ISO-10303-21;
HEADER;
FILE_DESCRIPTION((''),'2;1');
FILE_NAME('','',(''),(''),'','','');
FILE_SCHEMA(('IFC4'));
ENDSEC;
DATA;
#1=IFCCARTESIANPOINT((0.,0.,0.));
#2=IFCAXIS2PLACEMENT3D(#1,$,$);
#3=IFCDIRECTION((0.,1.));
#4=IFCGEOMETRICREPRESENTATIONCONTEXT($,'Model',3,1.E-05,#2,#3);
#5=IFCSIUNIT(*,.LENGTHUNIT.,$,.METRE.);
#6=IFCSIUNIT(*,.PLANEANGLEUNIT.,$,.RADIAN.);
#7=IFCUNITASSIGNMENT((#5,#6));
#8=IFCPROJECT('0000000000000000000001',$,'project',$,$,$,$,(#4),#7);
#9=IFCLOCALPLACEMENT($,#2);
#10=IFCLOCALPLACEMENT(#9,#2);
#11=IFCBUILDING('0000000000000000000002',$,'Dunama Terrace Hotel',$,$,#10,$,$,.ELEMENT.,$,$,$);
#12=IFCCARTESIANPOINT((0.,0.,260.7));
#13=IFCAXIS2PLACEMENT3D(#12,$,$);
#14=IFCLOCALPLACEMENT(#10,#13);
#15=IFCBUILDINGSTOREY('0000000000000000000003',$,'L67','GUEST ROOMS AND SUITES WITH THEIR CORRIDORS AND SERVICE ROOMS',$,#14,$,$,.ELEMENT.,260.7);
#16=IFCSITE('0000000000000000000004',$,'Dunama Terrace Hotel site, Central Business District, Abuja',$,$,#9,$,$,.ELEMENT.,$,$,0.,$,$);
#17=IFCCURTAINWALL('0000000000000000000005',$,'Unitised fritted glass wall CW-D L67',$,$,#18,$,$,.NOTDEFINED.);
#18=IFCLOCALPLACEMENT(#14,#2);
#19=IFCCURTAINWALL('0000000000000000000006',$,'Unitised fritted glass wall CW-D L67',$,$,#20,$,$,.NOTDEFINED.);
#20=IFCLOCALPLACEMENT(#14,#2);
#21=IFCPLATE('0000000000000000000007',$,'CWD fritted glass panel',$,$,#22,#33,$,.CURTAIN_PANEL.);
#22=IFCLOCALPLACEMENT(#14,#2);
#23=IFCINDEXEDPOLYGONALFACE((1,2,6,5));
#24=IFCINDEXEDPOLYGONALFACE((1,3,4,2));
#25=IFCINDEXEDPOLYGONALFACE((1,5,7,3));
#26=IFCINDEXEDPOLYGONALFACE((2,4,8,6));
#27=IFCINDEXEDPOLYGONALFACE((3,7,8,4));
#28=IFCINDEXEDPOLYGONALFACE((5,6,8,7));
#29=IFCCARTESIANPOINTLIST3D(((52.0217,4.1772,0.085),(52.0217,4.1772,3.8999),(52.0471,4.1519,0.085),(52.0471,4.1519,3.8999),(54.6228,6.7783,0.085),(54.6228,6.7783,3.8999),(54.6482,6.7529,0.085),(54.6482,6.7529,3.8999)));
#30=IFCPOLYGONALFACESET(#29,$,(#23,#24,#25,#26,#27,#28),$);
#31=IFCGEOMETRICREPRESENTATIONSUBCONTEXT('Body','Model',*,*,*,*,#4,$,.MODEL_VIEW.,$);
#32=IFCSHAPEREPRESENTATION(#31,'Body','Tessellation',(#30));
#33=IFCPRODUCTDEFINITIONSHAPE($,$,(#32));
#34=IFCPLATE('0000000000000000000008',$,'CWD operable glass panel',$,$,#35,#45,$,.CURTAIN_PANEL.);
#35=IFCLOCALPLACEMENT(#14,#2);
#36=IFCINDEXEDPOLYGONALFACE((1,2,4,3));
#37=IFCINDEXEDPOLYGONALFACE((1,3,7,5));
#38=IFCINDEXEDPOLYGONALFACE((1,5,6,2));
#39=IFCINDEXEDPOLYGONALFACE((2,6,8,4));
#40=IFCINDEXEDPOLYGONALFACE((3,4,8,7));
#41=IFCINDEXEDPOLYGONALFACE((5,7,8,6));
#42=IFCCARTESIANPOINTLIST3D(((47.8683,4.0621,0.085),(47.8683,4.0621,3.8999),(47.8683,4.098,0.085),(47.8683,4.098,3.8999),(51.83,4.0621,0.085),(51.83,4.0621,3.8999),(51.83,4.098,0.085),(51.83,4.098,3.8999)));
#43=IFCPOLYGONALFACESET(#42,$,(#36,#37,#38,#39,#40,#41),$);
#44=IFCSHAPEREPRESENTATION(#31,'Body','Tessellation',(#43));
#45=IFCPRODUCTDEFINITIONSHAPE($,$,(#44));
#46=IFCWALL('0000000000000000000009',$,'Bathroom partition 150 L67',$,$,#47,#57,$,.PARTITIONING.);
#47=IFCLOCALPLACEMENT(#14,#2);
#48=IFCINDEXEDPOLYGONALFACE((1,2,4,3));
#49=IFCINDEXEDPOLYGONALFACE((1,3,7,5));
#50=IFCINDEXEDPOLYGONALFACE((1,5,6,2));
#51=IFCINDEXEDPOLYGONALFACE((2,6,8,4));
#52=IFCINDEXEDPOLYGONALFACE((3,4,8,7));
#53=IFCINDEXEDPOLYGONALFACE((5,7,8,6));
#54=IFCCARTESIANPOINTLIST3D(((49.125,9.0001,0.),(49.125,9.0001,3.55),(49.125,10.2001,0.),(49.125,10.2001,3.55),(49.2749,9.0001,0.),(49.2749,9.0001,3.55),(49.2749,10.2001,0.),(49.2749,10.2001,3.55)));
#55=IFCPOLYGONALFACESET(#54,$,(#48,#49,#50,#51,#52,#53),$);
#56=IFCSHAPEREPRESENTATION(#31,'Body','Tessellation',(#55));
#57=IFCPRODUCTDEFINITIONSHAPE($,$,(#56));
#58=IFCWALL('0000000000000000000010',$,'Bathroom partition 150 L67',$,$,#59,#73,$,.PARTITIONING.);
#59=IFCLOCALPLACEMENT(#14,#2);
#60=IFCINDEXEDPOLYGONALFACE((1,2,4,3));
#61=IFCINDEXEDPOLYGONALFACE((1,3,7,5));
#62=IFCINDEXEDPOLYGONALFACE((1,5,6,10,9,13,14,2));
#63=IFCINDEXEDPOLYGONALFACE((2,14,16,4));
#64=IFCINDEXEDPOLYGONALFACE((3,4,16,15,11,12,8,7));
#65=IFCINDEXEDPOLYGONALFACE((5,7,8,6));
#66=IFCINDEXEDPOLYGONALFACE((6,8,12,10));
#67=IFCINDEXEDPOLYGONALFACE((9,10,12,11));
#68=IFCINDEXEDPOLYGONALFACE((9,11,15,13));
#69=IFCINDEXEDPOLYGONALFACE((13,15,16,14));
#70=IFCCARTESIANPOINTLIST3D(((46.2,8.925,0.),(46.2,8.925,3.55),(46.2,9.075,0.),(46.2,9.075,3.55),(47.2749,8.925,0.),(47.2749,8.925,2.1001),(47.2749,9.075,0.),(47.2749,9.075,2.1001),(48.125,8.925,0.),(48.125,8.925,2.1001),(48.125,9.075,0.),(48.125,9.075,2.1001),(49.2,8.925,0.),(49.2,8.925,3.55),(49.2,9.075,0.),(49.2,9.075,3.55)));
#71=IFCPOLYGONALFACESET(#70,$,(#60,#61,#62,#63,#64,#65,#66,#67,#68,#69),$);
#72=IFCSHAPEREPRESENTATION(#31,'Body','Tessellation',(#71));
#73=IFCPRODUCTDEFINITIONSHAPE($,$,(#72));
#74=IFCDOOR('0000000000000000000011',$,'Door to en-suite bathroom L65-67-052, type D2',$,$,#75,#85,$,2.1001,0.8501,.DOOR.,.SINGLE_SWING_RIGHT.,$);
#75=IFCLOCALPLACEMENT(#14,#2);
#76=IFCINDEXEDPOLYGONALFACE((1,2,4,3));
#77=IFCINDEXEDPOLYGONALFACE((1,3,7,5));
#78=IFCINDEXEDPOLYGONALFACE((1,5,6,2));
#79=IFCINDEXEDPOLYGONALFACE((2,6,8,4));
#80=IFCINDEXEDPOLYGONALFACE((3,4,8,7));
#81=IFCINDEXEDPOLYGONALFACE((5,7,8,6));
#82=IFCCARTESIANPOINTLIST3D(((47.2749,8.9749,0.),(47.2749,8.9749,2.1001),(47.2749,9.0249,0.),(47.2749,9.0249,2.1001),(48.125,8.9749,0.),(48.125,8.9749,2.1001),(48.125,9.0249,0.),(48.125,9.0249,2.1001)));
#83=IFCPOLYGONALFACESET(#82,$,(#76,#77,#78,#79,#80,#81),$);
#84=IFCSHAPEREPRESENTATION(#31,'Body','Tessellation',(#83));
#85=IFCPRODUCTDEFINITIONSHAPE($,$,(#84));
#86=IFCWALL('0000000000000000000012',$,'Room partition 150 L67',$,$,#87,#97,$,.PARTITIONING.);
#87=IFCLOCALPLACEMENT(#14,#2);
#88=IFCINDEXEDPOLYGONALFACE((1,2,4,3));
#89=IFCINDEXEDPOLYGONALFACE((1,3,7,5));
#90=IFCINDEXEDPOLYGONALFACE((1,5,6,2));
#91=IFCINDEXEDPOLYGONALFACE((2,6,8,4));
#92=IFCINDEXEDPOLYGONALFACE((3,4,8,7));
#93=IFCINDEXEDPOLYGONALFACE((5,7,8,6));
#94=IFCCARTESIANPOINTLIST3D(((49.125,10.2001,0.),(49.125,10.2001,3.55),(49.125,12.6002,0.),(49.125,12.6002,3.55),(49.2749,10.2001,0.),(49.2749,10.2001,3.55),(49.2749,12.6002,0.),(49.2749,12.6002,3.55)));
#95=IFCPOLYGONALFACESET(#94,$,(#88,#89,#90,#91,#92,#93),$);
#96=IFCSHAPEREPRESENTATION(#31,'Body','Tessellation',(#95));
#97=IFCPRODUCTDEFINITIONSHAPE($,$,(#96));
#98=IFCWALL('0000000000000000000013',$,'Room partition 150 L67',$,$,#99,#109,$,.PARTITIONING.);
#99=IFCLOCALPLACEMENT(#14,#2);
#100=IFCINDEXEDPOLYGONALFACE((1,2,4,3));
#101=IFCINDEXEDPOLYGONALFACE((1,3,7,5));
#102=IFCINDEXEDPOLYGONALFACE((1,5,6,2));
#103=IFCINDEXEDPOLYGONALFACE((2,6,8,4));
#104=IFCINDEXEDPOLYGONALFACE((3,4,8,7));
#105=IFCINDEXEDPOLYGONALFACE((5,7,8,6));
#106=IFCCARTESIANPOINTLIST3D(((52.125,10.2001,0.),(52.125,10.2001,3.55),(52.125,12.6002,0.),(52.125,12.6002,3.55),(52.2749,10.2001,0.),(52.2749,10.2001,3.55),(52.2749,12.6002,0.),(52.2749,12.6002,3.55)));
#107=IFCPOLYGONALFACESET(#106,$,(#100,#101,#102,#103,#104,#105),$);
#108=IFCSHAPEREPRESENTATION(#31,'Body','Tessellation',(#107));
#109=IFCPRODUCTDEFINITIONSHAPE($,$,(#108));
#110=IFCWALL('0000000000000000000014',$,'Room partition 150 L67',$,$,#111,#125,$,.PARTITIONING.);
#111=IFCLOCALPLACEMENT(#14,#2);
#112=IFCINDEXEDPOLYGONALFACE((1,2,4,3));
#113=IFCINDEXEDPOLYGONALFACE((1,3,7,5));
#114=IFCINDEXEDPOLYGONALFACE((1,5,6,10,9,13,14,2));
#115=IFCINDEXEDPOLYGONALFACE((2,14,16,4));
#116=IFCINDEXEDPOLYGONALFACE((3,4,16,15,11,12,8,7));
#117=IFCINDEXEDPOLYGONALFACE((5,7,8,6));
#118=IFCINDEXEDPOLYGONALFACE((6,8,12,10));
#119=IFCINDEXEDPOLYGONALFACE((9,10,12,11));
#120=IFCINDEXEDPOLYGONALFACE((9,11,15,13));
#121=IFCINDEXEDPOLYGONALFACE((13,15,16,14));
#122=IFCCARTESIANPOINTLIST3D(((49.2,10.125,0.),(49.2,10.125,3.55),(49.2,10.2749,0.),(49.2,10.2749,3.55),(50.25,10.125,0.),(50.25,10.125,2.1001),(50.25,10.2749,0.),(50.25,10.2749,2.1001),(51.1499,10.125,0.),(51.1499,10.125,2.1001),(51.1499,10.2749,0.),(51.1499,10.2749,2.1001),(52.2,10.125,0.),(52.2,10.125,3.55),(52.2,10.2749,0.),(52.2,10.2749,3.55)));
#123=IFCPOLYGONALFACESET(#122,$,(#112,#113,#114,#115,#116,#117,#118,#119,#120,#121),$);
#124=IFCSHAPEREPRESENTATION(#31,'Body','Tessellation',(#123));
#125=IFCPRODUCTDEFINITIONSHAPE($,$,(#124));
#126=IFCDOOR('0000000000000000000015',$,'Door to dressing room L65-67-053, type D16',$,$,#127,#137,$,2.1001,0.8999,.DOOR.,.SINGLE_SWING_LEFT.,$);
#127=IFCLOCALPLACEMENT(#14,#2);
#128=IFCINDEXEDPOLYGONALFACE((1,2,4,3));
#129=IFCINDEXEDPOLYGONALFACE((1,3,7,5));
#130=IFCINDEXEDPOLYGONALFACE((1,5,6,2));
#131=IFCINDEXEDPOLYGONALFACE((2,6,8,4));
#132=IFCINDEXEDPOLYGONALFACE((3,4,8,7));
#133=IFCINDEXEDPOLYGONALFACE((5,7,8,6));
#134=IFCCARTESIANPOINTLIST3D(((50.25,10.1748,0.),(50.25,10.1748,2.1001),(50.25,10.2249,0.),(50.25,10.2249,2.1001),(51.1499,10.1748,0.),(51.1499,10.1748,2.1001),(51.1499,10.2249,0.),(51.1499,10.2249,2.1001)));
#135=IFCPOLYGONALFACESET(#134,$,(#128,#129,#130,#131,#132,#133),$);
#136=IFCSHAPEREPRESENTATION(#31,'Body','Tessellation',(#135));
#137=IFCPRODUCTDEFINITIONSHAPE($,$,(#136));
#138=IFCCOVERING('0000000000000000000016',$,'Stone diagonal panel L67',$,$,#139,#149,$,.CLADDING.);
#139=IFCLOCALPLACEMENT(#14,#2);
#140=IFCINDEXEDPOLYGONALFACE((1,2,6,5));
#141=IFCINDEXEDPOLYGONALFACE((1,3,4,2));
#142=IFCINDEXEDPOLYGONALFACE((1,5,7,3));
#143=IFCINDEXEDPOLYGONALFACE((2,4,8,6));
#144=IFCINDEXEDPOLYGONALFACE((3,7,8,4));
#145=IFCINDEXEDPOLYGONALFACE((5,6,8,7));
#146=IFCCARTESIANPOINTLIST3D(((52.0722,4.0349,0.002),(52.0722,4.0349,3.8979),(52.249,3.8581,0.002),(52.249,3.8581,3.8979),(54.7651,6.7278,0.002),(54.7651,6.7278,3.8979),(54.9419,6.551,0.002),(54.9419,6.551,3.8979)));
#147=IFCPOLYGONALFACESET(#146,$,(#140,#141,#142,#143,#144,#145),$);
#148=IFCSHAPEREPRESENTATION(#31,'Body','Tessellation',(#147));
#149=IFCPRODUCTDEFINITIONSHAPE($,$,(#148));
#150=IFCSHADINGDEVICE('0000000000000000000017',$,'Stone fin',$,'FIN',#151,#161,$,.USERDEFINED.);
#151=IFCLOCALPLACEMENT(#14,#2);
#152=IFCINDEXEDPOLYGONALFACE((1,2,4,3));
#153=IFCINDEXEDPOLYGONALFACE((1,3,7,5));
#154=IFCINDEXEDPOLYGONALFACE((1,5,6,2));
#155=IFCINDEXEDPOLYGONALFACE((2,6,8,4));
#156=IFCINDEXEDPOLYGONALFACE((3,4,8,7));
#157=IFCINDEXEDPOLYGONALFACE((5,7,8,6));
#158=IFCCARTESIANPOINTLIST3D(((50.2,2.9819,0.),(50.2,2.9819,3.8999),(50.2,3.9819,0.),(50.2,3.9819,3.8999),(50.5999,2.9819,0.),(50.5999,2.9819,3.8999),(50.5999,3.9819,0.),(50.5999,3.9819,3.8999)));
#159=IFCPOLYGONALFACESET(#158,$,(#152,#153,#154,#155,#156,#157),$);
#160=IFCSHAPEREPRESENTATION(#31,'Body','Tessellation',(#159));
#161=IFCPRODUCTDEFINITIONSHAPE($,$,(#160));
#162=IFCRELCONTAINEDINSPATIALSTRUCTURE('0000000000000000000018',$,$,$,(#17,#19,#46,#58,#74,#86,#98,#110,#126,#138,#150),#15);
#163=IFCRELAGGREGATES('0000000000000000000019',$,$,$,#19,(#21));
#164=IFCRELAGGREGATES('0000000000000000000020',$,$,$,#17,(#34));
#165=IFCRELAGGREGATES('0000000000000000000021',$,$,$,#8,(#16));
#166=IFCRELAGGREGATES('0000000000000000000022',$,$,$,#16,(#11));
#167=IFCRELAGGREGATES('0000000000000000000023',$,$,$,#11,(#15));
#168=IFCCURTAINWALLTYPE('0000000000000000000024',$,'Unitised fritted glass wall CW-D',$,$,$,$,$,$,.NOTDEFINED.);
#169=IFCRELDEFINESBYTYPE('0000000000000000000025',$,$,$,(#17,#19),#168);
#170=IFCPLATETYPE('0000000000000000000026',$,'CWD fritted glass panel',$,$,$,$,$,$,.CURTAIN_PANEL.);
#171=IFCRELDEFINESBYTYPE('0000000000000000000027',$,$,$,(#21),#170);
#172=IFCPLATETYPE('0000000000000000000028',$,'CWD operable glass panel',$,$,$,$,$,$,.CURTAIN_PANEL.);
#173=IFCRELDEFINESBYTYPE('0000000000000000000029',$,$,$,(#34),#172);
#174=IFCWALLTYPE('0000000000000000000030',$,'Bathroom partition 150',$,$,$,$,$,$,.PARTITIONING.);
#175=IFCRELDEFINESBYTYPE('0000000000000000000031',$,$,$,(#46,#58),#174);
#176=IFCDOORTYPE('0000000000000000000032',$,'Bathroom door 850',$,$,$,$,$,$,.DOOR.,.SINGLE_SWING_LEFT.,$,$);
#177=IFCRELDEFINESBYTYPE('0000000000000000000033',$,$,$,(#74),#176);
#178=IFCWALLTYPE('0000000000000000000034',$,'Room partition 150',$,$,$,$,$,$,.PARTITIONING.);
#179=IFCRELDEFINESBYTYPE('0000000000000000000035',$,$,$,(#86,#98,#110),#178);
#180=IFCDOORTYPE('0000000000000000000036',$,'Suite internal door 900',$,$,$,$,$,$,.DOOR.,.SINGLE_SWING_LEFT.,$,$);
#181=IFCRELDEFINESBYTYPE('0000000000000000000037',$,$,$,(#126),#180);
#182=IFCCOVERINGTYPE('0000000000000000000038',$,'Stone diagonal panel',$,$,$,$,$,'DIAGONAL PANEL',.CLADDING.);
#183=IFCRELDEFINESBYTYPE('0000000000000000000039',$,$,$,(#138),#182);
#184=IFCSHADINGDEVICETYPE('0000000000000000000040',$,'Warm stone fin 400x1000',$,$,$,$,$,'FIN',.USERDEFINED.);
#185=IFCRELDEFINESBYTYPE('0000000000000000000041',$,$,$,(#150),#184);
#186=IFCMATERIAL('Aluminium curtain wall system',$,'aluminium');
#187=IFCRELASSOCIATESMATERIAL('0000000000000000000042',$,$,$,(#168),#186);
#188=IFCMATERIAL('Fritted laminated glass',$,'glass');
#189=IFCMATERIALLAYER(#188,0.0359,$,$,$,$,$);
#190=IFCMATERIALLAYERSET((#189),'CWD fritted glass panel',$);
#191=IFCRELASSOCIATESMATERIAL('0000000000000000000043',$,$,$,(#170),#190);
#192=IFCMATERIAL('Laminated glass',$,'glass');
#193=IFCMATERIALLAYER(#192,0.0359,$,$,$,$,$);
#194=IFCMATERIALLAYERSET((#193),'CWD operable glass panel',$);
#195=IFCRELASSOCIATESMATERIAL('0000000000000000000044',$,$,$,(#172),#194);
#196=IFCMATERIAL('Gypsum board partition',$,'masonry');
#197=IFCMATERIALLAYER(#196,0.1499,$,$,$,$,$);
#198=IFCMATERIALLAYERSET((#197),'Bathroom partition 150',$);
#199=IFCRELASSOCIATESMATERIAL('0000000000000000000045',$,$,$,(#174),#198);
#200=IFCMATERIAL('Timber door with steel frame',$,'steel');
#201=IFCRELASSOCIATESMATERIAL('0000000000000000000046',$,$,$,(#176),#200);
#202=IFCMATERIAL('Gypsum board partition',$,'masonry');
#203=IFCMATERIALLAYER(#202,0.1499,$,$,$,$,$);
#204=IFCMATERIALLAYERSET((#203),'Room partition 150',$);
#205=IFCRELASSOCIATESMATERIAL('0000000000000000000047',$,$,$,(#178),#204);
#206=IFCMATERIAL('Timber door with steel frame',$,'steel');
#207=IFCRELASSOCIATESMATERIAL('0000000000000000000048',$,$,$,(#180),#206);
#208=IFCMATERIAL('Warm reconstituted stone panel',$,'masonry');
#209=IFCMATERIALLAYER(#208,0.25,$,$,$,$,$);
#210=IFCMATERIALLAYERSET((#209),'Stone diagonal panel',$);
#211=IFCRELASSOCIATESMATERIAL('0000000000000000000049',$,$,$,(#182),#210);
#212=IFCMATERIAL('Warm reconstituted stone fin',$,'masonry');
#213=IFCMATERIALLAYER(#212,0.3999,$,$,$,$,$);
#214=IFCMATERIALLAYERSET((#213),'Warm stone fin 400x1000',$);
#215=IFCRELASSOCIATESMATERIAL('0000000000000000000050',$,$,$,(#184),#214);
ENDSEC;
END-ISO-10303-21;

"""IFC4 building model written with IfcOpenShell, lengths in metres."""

from ifc_helpers import new_model, si_unit, direction, frame, frame_2d, origin, origin_2d, place, context, subcontext, project, spatial, rectangle, extrude, material, layer, layer_set, type_object, element, fill, aggregate, save


model = new_model("IFC4")

# Units and contexts
model_context = context("Model", 3, precision=1e-05, world=origin(), true_north=direction((0.0, 1.0)))
body_context = subcontext(model_context, "Body", "Model", "MODEL_VIEW")
ifc_project = project(units=[si_unit("LENGTHUNIT", "METRE"), si_unit("PLANEANGLEUNIT", "RADIAN")], contexts=[model_context])

# Site, building, storey
site_placement = place(None, origin())
site = spatial("IfcSite", under=ifc_project, at=site_placement, Name="Dunama Terrace Hotel site, Central Business District, Abuja", CompositionType="ELEMENT", RefElevation=0.0)
building_placement = place(site_placement, origin())
building = spatial("IfcBuilding", under=site, at=building_placement, Name="Dunama Terrace Hotel", CompositionType="ELEMENT")
storey_placement = place(building_placement, frame((0.0, 0.0, 260.7)))
storey = spatial("IfcBuildingStorey", under=building, at=storey_placement, Name="L67", Description="GUEST ROOMS AND SUITES WITH THEIR CORRIDORS AND SERVICE ROOMS", CompositionType="ELEMENT", Elevation=260.7)

# Curtain walls
ifc_material_1 = material(Name="Aluminium curtain wall system", Category="aluminium")
curtain_wall_type = type_object("IfcCurtainWallType", Name="Unitised fritted glass wall CW-D", PredefinedType="NOTDEFINED", material=ifc_material_1)
curtain_wall_1_placement = place(storey_placement, origin())
curtain_wall_1 = element("IfcCurtainWall", 1, at=curtain_wall_1_placement, inside=storey, type_object=curtain_wall_type, Name="Unitised fritted glass wall CW-D L67", PredefinedType="NOTDEFINED")
curtain_wall_2_placement = place(storey_placement, origin())
curtain_wall_2 = element("IfcCurtainWall", 2, at=curtain_wall_2_placement, inside=storey, type_object=curtain_wall_type, Name="Unitised fritted glass wall CW-D L67", PredefinedType="NOTDEFINED")

# Plates
ifc_material_2 = material(Name="Fritted laminated glass", Category="glass")
ifc_layer_1 = layer(ifc_material_2, 0.0359)
ifc_layer_set_1 = layer_set([ifc_layer_1], Name="CWD fritted glass panel")
plate_type_1 = type_object("IfcPlateType", Name="CWD fritted glass panel", PredefinedType="CURTAIN_PANEL", material=ifc_layer_set_1)
plate_1_placement = place(storey_placement, frame((53.335, 5.4651, 0.085), z_axis=(0.0, 0.0, 1.0), x_axis=(0.707107, 0.707107, 0.0)))
plate_1 = element("IfcPlate", 3, at=plate_1_placement, type_object=plate_type_1, Name="CWD fritted glass panel", PredefinedType="CURTAIN_PANEL", context=body_context, shape_type="SweptSolid", body=[
    extrude(rectangle(XDim=3.6785, YDim=0.0359, at=origin_2d()), origin(), (0.0, 0.0, 1.0), 3.8149),
])
aggregate(curtain_wall_2, [plate_1])
ifc_material_3 = material(Name="Laminated glass", Category="glass")
ifc_layer_2 = layer(ifc_material_3, 0.0359)
ifc_layer_set_2 = layer_set([ifc_layer_2], Name="CWD operable glass panel")
plate_type_2 = type_object("IfcPlateType", Name="CWD operable glass panel", PredefinedType="CURTAIN_PANEL", material=ifc_layer_set_2)
plate_2_placement = place(storey_placement, frame((49.8491, 4.0801, 0.085), z_axis=(0.0, 0.0, 1.0), x_axis=(1.0, 0.0, 0.0)))
plate_2 = element("IfcPlate", 4, at=plate_2_placement, type_object=plate_type_2, Name="CWD operable glass panel", PredefinedType="CURTAIN_PANEL", context=body_context, shape_type="SweptSolid", body=[
    extrude(rectangle(XDim=3.9617, YDim=0.0359, at=origin_2d()), origin(), (0.0, 0.0, 1.0), 3.8149),
])
aggregate(curtain_wall_1, [plate_2])

# Wall
ifc_material_4 = material(Name="Gypsum board partition", Category="masonry")
ifc_layer_3 = layer(ifc_material_4, 0.1499)
ifc_layer_set_3 = layer_set([ifc_layer_3], Name="Bathroom partition 150")
wall_type_1 = type_object("IfcWallType", Name="Bathroom partition 150", PredefinedType="PARTITIONING", material=ifc_layer_set_3)
wall_1_placement = place(storey_placement, frame((49.2, 9.0, 0.0), z_axis=(0.0, 0.0, 1.0), x_axis=(0.0, 1.0, 0.0)))
element("IfcWall", 5, at=wall_1_placement, inside=storey, type_object=wall_type_1, Name="Bathroom partition 150 L67", PredefinedType="PARTITIONING", context=body_context, shape_type="SweptSolid", body=[
    extrude(rectangle(XDim=1.2, YDim=0.1499, at=frame_2d((0.6001, 0.0))), origin(), (0.0, 0.0, 1.0), 3.55),
])

# Wall, opening, door
wall_2_placement = place(storey_placement, frame((46.2, 9.0, 0.0), z_axis=(0.0, 0.0, 1.0), x_axis=(1.0, 0.0, 0.0)))
wall_2 = element("IfcWall", 6, at=wall_2_placement, inside=storey, type_object=wall_type_1, Name="Bathroom partition 150 L67", PredefinedType="PARTITIONING", context=body_context, shape_type="SweptSolid", body=[
    extrude(rectangle(XDim=3.0, YDim=0.1499, at=frame_2d((1.5, 0.0))), origin(), (0.0, 0.0, 1.0), 3.55),
])
opening_1_placement = place(wall_2_placement, frame((1.075, 0.0, 0.0)))
opening_1 = element("IfcOpeningElement", 7, at=opening_1_placement, cuts=wall_2, PredefinedType="OPENING", context=body_context, shape_type="SweptSolid", body=[
    extrude(rectangle(XDim=0.8501, YDim=2.1001, at=frame_2d((0.425, 1.05))), frame((0.0, 0.085, 0.0), z_axis=(0.0, -1.0, 0.0), x_axis=(1.0, 0.0, 0.0)), (0.0, 0.0, 1.0), 0.1699),
])
ifc_material_5 = material(Name="Timber door with steel frame", Category="steel")
door_type_1 = type_object("IfcDoorType", Name="Bathroom door 850", OperationType="SINGLE_SWING_LEFT", PredefinedType="DOOR", material=ifc_material_5)
door_1_placement = place(opening_1_placement, origin())
door_1 = element("IfcDoor", 8, at=door_1_placement, inside=storey, type_object=door_type_1, Name="Door to en-suite bathroom L65-67-052, type D2", OperationType="SINGLE_SWING_RIGHT", OverallHeight=2.1001, OverallWidth=0.8501, PredefinedType="DOOR", context=body_context, shape_type="SweptSolid", body=[
    extrude(rectangle(XDim=0.8501, YDim=2.1001, at=frame_2d((0.425, 1.05))), frame((0.0, 0.0249, 0.0), z_axis=(0.0, -1.0, 0.0), x_axis=(1.0, 0.0, 0.0)), (0.0, 0.0, 1.0), 0.05),
])
fill(opening_1, door_1)

# Walls
ifc_material_6 = material(Name="Gypsum board partition", Category="masonry")
ifc_layer_4 = layer(ifc_material_6, 0.1499)
ifc_layer_set_4 = layer_set([ifc_layer_4], Name="Room partition 150")
wall_type_2 = type_object("IfcWallType", Name="Room partition 150", PredefinedType="PARTITIONING", material=ifc_layer_set_4)
for number, where, z_axis, x_axis, name in (
    (9, (49.2, 10.2, 0.0), (0.0, 0.0, 1.0), (0.0, 1.0, 0.0), "Room partition 150 L67"),
    (10, (52.2, 10.2, 0.0), (0.0, 0.0, 1.0), (0.0, 1.0, 0.0), "Room partition 150 L67"),
):
    element("IfcWall", number, at=place(storey_placement, frame(where, z_axis=z_axis, x_axis=x_axis)), inside=storey, type_object=wall_type_2, Name=name, PredefinedType="PARTITIONING", context=body_context, shape_type="SweptSolid", body=[
        extrude(rectangle(XDim=2.4001, YDim=0.1499, at=frame_2d((1.2002, 0.0))), origin(), (0.0, 0.0, 1.0), 3.55),
    ])

# Wall, opening, door
wall_3_placement = place(storey_placement, frame((49.2, 10.2, 0.0), z_axis=(0.0, 0.0, 1.0), x_axis=(1.0, 0.0, 0.0)))
wall_3 = element("IfcWall", 11, at=wall_3_placement, inside=storey, type_object=wall_type_2, Name="Room partition 150 L67", PredefinedType="PARTITIONING", context=body_context, shape_type="SweptSolid", body=[
    extrude(rectangle(XDim=3.0, YDim=0.1499, at=frame_2d((1.5, 0.0))), origin(), (0.0, 0.0, 1.0), 3.55),
])
opening_2_placement = place(wall_3_placement, frame((1.05, 0.0, 0.0)))
opening_2 = element("IfcOpeningElement", 12, at=opening_2_placement, cuts=wall_3, PredefinedType="OPENING", context=body_context, shape_type="SweptSolid", body=[
    extrude(rectangle(XDim=0.8999, YDim=2.1001, at=frame_2d((0.45, 1.05))), frame((0.0, 0.085, 0.0), z_axis=(0.0, -1.0, 0.0), x_axis=(1.0, 0.0, 0.0)), (0.0, 0.0, 1.0), 0.1699),
])
ifc_material_7 = material(Name="Timber door with steel frame", Category="steel")
door_type_2 = type_object("IfcDoorType", Name="Suite internal door 900", OperationType="SINGLE_SWING_LEFT", PredefinedType="DOOR", material=ifc_material_7)
door_2_placement = place(opening_2_placement, origin())
door_2 = element("IfcDoor", 13, at=door_2_placement, inside=storey, type_object=door_type_2, Name="Door to dressing room L65-67-053, type D16", OperationType="SINGLE_SWING_LEFT", OverallHeight=2.1001, OverallWidth=0.8999, PredefinedType="DOOR", context=body_context, shape_type="SweptSolid", body=[
    extrude(rectangle(XDim=0.8999, YDim=2.1001, at=frame_2d((0.45, 1.05))), frame((0.0, 0.0249, 0.0), z_axis=(0.0, -1.0, 0.0), x_axis=(1.0, 0.0, 0.0)), (0.0, 0.0, 1.0), 0.05),
])
fill(opening_2, door_2)

# Covering
ifc_material_8 = material(Name="Warm reconstituted stone panel", Category="masonry")
ifc_layer_5 = layer(ifc_material_8, 0.25)
ifc_layer_set_5 = layer_set([ifc_layer_5], Name="Stone diagonal panel")
covering_type = type_object("IfcCoveringType", Name="Stone diagonal panel", ElementType="DIAGONAL PANEL", PredefinedType="CLADDING", material=ifc_layer_set_5)
covering_placement = place(storey_placement, frame((53.5071, 5.293, 0.002), z_axis=(0.0, 0.0, 1.0), x_axis=(0.707107, 0.707107, 0.0)))
element("IfcCovering", 14, at=covering_placement, inside=storey, type_object=covering_type, Name="Stone diagonal panel L67", PredefinedType="CLADDING", context=body_context, shape_type="SweptSolid", body=[
    extrude(rectangle(XDim=3.8083, YDim=0.25, at=origin_2d()), origin(), (0.0, 0.0, 1.0), 3.896),
])

# Shading device
ifc_material_9 = material(Name="Warm reconstituted stone fin", Category="masonry")
ifc_layer_6 = layer(ifc_material_9, 0.3999)
ifc_layer_set_6 = layer_set([ifc_layer_6], Name="Warm stone fin 400x1000")
shading_device_type = type_object("IfcShadingDeviceType", Name="Warm stone fin 400x1000", ElementType="FIN", PredefinedType="USERDEFINED", material=ifc_layer_set_6)
shading_device_placement = place(storey_placement, frame((50.3999, 3.4819, 0.0), z_axis=(0.0, 0.0, 1.0), x_axis=(1.0, 0.0, 0.0)))
element("IfcShadingDevice", 15, at=shading_device_placement, inside=storey, type_object=shading_device_type, Name="Stone fin", ObjectType="FIN", PredefinedType="USERDEFINED", context=body_context, shape_type="SweptSolid", body=[
    extrude(rectangle(XDim=0.3999, YDim=1.0, at=origin_2d()), origin(), (0.0, 0.0, 1.0), 3.8999),
])

save(model, "model.ifc")
